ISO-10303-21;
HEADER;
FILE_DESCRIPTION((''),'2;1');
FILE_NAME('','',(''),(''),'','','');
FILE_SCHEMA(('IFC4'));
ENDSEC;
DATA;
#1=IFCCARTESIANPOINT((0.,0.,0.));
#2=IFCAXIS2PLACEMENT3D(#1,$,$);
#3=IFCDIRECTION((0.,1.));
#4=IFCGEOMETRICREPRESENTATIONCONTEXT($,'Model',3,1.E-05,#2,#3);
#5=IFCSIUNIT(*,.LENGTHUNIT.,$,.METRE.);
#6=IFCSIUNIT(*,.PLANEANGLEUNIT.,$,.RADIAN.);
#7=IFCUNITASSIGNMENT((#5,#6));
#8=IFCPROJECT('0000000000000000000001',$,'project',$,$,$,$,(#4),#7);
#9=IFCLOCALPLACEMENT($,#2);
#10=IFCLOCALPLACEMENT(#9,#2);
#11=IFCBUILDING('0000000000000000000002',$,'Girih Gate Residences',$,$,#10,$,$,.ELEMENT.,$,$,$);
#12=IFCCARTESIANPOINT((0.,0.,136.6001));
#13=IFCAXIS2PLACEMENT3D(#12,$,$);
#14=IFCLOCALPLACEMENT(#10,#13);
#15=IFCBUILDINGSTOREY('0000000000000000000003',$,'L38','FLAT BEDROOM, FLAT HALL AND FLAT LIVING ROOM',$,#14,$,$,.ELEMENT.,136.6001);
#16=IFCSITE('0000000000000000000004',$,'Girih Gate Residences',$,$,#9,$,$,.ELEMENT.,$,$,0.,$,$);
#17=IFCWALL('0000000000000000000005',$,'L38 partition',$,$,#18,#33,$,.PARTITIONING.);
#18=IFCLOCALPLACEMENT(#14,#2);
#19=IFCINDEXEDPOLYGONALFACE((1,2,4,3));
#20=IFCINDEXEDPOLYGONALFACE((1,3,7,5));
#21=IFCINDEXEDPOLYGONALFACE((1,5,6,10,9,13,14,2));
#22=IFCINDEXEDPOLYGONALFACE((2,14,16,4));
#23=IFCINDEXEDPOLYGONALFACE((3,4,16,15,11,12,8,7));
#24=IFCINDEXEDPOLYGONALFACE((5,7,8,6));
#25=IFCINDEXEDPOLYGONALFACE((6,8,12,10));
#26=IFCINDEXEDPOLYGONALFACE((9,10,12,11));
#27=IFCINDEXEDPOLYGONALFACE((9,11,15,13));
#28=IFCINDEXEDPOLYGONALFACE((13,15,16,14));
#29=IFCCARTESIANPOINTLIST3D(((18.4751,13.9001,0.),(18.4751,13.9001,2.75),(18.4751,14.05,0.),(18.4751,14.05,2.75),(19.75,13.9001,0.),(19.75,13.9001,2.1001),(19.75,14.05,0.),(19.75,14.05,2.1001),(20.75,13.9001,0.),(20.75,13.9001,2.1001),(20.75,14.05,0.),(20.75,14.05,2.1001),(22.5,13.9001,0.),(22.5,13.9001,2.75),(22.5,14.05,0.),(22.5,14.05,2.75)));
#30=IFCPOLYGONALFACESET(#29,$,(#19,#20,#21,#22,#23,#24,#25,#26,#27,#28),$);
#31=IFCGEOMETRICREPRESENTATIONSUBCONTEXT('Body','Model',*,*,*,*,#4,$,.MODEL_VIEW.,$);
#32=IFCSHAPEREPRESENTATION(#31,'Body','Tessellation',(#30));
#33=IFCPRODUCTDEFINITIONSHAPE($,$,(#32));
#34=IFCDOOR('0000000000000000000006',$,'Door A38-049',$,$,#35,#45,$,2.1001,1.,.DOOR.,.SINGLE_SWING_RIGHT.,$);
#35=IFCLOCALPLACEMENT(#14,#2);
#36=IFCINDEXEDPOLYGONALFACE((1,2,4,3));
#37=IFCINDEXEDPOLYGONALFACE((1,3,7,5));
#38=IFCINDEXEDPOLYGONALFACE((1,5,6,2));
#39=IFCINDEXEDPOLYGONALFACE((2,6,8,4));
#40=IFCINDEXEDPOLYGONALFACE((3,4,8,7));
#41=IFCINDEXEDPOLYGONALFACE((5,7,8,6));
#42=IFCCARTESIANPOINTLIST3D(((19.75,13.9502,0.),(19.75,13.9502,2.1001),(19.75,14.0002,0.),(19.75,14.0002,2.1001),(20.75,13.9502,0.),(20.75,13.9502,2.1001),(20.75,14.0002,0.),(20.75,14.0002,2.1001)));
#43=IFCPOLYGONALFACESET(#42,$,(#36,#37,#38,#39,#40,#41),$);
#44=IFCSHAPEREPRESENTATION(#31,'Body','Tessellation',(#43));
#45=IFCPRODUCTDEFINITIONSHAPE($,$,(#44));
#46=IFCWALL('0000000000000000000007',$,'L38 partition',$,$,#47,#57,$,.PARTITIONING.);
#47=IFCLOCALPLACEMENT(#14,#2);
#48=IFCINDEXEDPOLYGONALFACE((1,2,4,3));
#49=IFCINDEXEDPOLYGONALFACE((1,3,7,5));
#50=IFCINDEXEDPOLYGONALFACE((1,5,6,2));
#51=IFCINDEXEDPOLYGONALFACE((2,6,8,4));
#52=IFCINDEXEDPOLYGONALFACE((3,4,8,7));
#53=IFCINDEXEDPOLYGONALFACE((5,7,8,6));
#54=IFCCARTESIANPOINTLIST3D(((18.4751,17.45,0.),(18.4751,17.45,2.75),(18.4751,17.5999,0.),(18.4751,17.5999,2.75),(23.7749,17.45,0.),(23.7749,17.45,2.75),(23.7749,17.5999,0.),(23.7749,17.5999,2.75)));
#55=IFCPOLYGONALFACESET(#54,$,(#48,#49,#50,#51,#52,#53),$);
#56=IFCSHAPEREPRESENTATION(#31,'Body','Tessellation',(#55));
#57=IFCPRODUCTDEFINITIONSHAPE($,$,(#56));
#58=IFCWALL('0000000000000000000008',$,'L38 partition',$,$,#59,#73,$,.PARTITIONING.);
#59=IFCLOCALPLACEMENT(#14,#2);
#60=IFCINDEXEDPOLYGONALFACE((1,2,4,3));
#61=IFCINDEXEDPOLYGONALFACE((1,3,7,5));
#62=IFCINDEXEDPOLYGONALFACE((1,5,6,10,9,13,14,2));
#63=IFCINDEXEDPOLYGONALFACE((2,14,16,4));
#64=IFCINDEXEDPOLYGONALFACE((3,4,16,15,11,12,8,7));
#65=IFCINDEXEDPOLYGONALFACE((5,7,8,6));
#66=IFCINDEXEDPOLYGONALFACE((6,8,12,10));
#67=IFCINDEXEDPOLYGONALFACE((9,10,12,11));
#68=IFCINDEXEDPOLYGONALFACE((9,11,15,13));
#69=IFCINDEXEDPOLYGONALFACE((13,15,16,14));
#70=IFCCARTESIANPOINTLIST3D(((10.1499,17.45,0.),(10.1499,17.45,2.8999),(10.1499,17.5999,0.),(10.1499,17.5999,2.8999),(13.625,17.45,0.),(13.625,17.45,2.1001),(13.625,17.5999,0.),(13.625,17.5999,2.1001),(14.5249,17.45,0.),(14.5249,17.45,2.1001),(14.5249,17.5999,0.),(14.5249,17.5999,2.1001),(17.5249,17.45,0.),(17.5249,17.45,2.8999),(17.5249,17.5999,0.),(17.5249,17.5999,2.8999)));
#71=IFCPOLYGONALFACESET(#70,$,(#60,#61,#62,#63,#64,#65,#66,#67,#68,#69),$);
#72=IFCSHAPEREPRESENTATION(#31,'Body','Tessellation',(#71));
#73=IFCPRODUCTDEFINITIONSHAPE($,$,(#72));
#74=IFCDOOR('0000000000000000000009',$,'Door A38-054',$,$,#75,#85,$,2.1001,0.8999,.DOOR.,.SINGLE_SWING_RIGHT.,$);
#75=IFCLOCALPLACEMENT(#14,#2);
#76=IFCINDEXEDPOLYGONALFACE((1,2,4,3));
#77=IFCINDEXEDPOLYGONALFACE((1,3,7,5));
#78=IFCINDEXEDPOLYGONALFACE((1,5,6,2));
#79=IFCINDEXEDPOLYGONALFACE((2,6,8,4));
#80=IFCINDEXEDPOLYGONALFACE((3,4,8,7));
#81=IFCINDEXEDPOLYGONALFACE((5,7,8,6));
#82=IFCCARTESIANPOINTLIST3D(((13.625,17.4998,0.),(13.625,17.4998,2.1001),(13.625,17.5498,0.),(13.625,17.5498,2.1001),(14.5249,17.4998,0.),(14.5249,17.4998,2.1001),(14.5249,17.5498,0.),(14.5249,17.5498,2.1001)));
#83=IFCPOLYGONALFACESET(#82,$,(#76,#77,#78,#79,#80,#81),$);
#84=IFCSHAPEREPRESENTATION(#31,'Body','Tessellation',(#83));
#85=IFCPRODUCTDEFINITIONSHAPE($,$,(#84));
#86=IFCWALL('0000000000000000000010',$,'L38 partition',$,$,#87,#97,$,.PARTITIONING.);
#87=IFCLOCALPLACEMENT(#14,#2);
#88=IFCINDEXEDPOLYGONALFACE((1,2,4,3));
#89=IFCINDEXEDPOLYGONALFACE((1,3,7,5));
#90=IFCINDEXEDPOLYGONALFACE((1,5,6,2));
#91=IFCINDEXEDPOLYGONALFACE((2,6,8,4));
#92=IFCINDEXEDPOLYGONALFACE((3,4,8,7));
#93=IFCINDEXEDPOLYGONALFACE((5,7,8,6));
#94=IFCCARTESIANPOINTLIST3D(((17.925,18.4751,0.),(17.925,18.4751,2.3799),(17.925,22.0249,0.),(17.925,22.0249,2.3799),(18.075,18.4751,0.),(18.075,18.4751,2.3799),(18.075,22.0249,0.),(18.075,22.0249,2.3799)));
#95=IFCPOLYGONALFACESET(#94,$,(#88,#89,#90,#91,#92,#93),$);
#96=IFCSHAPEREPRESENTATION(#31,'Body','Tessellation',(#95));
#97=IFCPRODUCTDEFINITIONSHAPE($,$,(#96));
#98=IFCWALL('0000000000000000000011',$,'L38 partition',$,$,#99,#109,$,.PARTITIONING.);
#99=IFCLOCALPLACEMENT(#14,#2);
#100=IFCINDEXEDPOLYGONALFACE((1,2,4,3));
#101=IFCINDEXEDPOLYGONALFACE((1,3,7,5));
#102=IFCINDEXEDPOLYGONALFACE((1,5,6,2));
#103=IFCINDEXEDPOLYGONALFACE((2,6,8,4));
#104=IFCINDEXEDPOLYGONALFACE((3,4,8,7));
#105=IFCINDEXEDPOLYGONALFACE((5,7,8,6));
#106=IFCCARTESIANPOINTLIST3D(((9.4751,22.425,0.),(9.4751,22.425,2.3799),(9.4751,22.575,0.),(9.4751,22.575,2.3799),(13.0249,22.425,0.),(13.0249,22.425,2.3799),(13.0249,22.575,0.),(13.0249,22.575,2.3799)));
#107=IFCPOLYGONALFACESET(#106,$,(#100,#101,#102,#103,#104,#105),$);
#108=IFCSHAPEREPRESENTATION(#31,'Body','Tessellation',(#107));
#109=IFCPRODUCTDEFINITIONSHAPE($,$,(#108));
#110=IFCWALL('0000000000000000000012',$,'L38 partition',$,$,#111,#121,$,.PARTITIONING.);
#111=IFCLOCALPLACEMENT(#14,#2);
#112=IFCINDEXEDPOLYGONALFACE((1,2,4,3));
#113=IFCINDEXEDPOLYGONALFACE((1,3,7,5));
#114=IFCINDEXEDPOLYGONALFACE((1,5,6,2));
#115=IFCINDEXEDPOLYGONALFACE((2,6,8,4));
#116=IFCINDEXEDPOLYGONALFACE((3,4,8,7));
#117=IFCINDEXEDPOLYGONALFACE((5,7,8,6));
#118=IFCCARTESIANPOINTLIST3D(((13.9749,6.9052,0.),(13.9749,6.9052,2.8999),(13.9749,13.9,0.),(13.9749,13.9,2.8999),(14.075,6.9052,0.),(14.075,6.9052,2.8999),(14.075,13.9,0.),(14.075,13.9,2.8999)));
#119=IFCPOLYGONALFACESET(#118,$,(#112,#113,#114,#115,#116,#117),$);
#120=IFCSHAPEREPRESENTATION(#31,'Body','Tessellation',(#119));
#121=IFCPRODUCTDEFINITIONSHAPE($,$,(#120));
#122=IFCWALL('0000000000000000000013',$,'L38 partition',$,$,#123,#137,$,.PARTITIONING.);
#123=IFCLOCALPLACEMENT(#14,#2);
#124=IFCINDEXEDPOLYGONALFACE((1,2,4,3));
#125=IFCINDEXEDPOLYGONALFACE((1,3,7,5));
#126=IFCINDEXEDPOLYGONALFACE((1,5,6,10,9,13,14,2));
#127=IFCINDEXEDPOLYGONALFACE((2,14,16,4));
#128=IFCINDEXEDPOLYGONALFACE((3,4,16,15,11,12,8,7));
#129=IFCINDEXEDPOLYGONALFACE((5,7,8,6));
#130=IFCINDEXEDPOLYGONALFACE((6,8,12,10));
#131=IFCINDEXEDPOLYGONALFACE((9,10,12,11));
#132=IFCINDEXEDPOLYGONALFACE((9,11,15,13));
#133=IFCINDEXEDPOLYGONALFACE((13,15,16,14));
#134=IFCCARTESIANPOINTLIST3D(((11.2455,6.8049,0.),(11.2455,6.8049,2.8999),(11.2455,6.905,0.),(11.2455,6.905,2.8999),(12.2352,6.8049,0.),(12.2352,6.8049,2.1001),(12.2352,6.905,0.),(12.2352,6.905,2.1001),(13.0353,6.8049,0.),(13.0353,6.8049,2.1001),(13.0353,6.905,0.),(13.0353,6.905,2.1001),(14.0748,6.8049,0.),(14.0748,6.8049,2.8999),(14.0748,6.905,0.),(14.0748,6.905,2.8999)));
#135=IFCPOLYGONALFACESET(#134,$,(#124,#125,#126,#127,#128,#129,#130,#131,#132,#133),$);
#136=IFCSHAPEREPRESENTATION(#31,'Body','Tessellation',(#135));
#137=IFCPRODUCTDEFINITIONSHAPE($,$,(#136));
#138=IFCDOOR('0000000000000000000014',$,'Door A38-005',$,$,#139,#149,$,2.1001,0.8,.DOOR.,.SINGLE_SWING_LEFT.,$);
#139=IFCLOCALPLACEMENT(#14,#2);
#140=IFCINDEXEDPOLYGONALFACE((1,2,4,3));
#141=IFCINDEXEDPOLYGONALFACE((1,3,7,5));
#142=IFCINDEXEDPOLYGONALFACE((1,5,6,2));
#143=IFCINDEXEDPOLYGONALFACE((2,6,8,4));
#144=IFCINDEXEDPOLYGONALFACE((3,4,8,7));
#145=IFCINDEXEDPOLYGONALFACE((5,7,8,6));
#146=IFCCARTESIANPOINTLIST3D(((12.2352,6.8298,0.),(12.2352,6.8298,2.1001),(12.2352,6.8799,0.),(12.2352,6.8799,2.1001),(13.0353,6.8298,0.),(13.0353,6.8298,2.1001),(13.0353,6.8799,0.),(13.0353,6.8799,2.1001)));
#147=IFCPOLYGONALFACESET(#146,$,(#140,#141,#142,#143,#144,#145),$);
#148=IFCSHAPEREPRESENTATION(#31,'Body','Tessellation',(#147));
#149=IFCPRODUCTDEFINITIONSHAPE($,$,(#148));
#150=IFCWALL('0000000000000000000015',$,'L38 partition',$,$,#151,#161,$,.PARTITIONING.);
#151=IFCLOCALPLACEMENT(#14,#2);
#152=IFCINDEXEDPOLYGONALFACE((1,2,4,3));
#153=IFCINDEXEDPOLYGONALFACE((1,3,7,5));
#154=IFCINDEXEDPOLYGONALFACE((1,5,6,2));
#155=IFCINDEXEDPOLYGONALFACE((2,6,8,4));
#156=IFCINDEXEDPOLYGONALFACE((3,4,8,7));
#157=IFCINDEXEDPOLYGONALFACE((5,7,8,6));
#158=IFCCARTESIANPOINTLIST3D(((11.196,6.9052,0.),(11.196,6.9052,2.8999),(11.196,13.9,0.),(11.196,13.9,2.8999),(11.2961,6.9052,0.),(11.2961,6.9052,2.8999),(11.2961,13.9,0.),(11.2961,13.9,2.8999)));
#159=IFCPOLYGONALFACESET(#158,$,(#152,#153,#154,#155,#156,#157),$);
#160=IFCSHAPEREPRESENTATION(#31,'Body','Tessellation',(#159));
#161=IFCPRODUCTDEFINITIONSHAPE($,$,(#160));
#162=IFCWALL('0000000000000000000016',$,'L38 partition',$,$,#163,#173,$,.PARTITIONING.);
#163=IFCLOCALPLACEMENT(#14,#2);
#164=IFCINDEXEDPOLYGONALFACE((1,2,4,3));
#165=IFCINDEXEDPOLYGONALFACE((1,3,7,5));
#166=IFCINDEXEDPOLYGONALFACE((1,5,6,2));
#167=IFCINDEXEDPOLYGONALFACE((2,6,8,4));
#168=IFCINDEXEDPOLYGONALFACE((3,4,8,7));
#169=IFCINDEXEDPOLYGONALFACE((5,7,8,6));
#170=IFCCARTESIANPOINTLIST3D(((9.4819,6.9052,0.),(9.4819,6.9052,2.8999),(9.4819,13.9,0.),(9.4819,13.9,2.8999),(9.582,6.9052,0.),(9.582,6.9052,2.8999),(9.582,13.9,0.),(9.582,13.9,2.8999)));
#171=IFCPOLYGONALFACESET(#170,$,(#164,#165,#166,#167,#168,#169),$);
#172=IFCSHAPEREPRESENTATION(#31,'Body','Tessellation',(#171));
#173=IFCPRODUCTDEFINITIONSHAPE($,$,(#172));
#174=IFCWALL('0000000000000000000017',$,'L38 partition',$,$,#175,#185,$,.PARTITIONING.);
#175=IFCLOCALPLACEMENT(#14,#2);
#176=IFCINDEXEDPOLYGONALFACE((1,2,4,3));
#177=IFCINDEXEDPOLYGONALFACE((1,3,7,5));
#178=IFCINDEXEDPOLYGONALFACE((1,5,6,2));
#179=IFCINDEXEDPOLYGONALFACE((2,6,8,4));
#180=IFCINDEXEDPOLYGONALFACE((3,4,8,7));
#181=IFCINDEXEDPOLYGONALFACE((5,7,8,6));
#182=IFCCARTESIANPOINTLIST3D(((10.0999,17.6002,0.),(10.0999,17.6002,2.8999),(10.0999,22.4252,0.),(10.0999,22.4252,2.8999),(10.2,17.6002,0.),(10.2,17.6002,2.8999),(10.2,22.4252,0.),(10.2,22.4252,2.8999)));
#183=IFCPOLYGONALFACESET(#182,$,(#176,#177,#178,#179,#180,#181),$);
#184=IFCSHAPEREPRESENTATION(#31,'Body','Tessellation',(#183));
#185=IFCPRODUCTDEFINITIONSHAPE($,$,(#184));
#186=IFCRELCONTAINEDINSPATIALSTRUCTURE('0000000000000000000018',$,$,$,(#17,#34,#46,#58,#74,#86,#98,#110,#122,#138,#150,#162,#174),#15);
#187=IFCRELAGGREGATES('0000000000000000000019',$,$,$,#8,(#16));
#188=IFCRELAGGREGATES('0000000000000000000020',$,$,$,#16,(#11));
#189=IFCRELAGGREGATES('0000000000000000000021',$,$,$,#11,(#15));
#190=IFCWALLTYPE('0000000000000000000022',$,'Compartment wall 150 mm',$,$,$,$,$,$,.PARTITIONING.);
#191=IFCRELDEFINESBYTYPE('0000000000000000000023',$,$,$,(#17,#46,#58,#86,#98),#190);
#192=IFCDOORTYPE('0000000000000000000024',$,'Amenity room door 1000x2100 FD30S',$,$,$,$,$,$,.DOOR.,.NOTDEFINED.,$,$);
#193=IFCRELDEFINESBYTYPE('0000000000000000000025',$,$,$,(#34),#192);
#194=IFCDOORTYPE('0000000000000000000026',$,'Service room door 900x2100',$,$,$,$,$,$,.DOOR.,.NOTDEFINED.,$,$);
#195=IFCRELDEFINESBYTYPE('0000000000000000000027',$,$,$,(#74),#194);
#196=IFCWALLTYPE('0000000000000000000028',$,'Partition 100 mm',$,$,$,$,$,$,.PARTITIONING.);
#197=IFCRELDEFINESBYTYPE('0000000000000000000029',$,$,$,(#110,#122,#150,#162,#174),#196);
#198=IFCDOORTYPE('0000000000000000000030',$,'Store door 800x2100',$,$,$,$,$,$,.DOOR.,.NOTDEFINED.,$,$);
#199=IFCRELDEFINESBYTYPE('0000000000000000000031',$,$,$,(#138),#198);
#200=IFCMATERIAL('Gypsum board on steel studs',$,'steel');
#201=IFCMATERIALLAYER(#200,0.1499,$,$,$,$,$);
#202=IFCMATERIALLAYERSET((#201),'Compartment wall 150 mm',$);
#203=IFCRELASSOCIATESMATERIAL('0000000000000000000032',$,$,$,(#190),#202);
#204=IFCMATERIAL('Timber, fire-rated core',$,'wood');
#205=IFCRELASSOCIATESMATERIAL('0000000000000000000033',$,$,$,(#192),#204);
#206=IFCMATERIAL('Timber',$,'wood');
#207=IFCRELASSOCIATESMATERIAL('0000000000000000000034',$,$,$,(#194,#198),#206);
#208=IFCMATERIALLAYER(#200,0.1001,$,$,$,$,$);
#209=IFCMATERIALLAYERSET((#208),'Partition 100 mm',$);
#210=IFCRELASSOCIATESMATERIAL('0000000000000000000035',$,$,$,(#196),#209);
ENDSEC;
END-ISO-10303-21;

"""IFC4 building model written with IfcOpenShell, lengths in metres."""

from ifc_helpers import new_model, si_unit, direction, frame, frame_2d, origin, place, context, subcontext, project, spatial, rectangle, extrude, material, layer, layer_set, type_object, element, fill, save


model = new_model("IFC4")

# Units and contexts
model_context = context("Model", 3, precision=1e-05, world=origin(), true_north=direction((0.0, 1.0)))
body_context = subcontext(model_context, "Body", "Model", "MODEL_VIEW")
ifc_project = project(units=[si_unit("LENGTHUNIT", "METRE"), si_unit("PLANEANGLEUNIT", "RADIAN")], contexts=[model_context])

# Site, building, storey
site_placement = place(None, origin())
site = spatial("IfcSite", under=ifc_project, at=site_placement, Name="Girih Gate Residences", CompositionType="ELEMENT", RefElevation=0.0)
building_placement = place(site_placement, origin())
building = spatial("IfcBuilding", under=site, at=building_placement, Name="Girih Gate Residences", CompositionType="ELEMENT")
storey_placement = place(building_placement, frame((0.0, 0.0, 136.6001)))
storey = spatial("IfcBuildingStorey", under=building, at=storey_placement, Name="L38", Description="FLAT BEDROOM, FLAT HALL AND FLAT LIVING ROOM", CompositionType="ELEMENT", Elevation=136.6001)

# Shared definitions
ifc_material_1 = material(Name="Gypsum board on steel studs", Category="steel")
ifc_layer_1 = layer(ifc_material_1, 0.1499)
ifc_layer_set_1 = layer_set([ifc_layer_1], Name="Compartment wall 150 mm")
wall_type_1 = type_object("IfcWallType", Name="Compartment wall 150 mm", PredefinedType="PARTITIONING", material=ifc_layer_set_1)

# Wall, opening, door
ifc_material_2 = material(Name="Timber, fire-rated core", Category="wood")
wall_1_placement = place(storey_placement, frame((22.5, 13.9751, 0.0), z_axis=(0.0, 0.0, 1.0), x_axis=(-1.0, 0.0, 0.0)))
wall_1 = element("IfcWall", 1, at=wall_1_placement, inside=storey, type_object=wall_type_1, Name="L38 partition", PredefinedType="PARTITIONING", context=body_context, shape_type="SweptSolid", body=[
    extrude(rectangle(XDim=4.0249, YDim=0.1499, at=frame_2d((2.0125, 0.0))), origin(), (0.0, 0.0, 1.0), 2.75),
])
opening_1_placement = place(wall_1_placement, frame((1.75, 0.0, 0.0)))
opening_1 = element("IfcOpeningElement", 2, at=opening_1_placement, cuts=wall_1, PredefinedType="OPENING", context=body_context, shape_type="SweptSolid", body=[
    extrude(rectangle(XDim=1.0, YDim=2.1001, at=frame_2d((0.5, 1.05))), frame((0.0, 0.085, 0.0), z_axis=(0.0, -1.0, 0.0), x_axis=(1.0, 0.0, 0.0)), (0.0, 0.0, 1.0), 0.1699),
])
door_type_1 = type_object("IfcDoorType", Name="Amenity room door 1000x2100 FD30S", OperationType="NOTDEFINED", PredefinedType="DOOR", material=ifc_material_2)
door_1_placement = place(opening_1_placement, origin())
door_1 = element("IfcDoor", 3, at=door_1_placement, inside=storey, type_object=door_type_1, Name="Door A38-049", OperationType="SINGLE_SWING_RIGHT", OverallHeight=2.1001, OverallWidth=1.0, PredefinedType="DOOR", context=body_context, shape_type="SweptSolid", body=[
    extrude(rectangle(XDim=1.0, YDim=2.1001, at=frame_2d((0.5, 1.05))), frame((0.0, 0.0249, 0.0), z_axis=(0.0, -1.0, 0.0), x_axis=(1.0, 0.0, 0.0)), (0.0, 0.0, 1.0), 0.05),
])
fill(opening_1, door_1)

# Wall
wall_2_placement = place(storey_placement, frame((18.4751, 17.5249, 0.0), z_axis=(0.0, 0.0, 1.0), x_axis=(1.0, 0.0, 0.0)))
element("IfcWall", 4, at=wall_2_placement, inside=storey, type_object=wall_type_1, Name="L38 partition", PredefinedType="PARTITIONING", context=body_context, shape_type="SweptSolid", body=[
    extrude(rectangle(XDim=5.2998, YDim=0.1499, at=frame_2d((2.6499, 0.0))), origin(), (0.0, 0.0, 1.0), 2.75),
])

# Wall, opening, door
wall_3_placement = place(storey_placement, frame((10.1499, 17.5249, 0.0), z_axis=(0.0, 0.0, 1.0), x_axis=(1.0, 0.0, 0.0)))
wall_3 = element("IfcWall", 5, at=wall_3_placement, inside=storey, type_object=wall_type_1, Name="L38 partition", PredefinedType="PARTITIONING", context=body_context, shape_type="SweptSolid", body=[
    extrude(rectangle(XDim=7.375, YDim=0.1499, at=frame_2d((3.6875, 0.0))), origin(), (0.0, 0.0, 1.0), 2.8999),
])
opening_2_placement = place(wall_3_placement, frame((3.4751, 0.0, 0.0)))
opening_2 = element("IfcOpeningElement", 6, at=opening_2_placement, cuts=wall_3, PredefinedType="OPENING", context=body_context, shape_type="SweptSolid", body=[
    extrude(rectangle(XDim=0.8999, YDim=2.1001, at=frame_2d((0.45, 1.05))), frame((0.0, 0.085, 0.0), z_axis=(0.0, -1.0, 0.0), x_axis=(1.0, 0.0, 0.0)), (0.0, 0.0, 1.0), 0.1699),
])
ifc_material_3 = material(Name="Timber", Category="wood")
door_type_2 = type_object("IfcDoorType", Name="Service room door 900x2100", OperationType="NOTDEFINED", PredefinedType="DOOR", material=ifc_material_3)
door_2_placement = place(opening_2_placement, origin())
door_2 = element("IfcDoor", 7, at=door_2_placement, inside=storey, type_object=door_type_2, Name="Door A38-054", OperationType="SINGLE_SWING_RIGHT", OverallHeight=2.1001, OverallWidth=0.8999, PredefinedType="DOOR", context=body_context, shape_type="SweptSolid", body=[
    extrude(rectangle(XDim=0.8999, YDim=2.1001, at=frame_2d((0.45, 1.05))), frame((0.0, 0.0249, 0.0), z_axis=(0.0, -1.0, 0.0), x_axis=(1.0, 0.0, 0.0)), (0.0, 0.0, 1.0), 0.05),
])
fill(opening_2, door_2)

# Walls
for number, where, z_axis, x_axis, name in (
    (8, (18.0, 18.4751, 0.0), (0.0, 0.0, 1.0), (0.0, 1.0, 0.0), "L38 partition"),
    (9, (9.4751, 22.5, 0.0), (0.0, 0.0, 1.0), (1.0, 0.0, 0.0), "L38 partition"),
):
    element("IfcWall", number, at=place(storey_placement, frame(where, z_axis=z_axis, x_axis=x_axis)), inside=storey, type_object=wall_type_1, Name=name, PredefinedType="PARTITIONING", context=body_context, shape_type="SweptSolid", body=[
        extrude(rectangle(XDim=3.5498, YDim=0.1499, at=frame_2d((1.7749, 0.0))), origin(), (0.0, 0.0, 1.0), 2.3799),
    ])
ifc_layer_2 = layer(ifc_material_1, 0.1001)
ifc_layer_set_2 = layer_set([ifc_layer_2], Name="Partition 100 mm")
wall_type_2 = type_object("IfcWallType", Name="Partition 100 mm", PredefinedType="PARTITIONING", material=ifc_layer_set_2)
wall_4_placement = place(storey_placement, frame((14.0249, 6.905, 0.0), z_axis=(0.0, 0.0, 1.0), x_axis=(0.0, 1.0, 0.0)))
element("IfcWall", 10, at=wall_4_placement, inside=storey, type_object=wall_type_2, Name="L38 partition", PredefinedType="PARTITIONING", context=body_context, shape_type="SweptSolid", body=[
    extrude(rectangle(XDim=6.9949, YDim=0.1001, at=frame_2d((3.4976, 0.0))), origin(), (0.0, 0.0, 1.0), 2.8999),
])

# Wall, opening, door
wall_5_placement = place(storey_placement, frame((11.2456, 6.855, 0.0), z_axis=(0.0, 0.0, 1.0), x_axis=(1.0, 0.0, 0.0)))
wall_5 = element("IfcWall", 11, at=wall_5_placement, inside=storey, type_object=wall_type_2, Name="L38 partition", PredefinedType="PARTITIONING", context=body_context, shape_type="SweptSolid", body=[
    extrude(rectangle(XDim=2.8293, YDim=0.1001, at=frame_2d((1.4146, 0.0))), origin(), (0.0, 0.0, 1.0), 2.8999),
])
opening_3_placement = place(wall_5_placement, frame((0.9897, 0.0, 0.0)))
opening_3 = element("IfcOpeningElement", 12, at=opening_3_placement, cuts=wall_5, PredefinedType="OPENING", context=body_context, shape_type="SweptSolid", body=[
    extrude(rectangle(XDim=0.8, YDim=2.1001, at=frame_2d((0.3999, 1.05))), frame((0.0, 0.0601, 0.0), z_axis=(0.0, -1.0, 0.0), x_axis=(1.0, 0.0, 0.0)), (0.0, 0.0, 1.0), 0.1201),
])
door_type_3 = type_object("IfcDoorType", Name="Store door 800x2100", OperationType="NOTDEFINED", PredefinedType="DOOR", material=ifc_material_3)
door_3_placement = place(opening_3_placement, origin())
door_3 = element("IfcDoor", 13, at=door_3_placement, inside=storey, type_object=door_type_3, Name="Door A38-005", OperationType="SINGLE_SWING_LEFT", OverallHeight=2.1001, OverallWidth=0.8, PredefinedType="DOOR", context=body_context, shape_type="SweptSolid", body=[
    extrude(rectangle(XDim=0.8, YDim=2.1001, at=frame_2d((0.3999, 1.05))), frame((0.0, 0.0249, 0.0), z_axis=(0.0, -1.0, 0.0), x_axis=(1.0, 0.0, 0.0)), (0.0, 0.0, 1.0), 0.05),
])
fill(opening_3, door_3)

# Walls
for number, where, z_axis, x_axis, name in (
    (14, (11.2461, 6.905, 0.0), (0.0, 0.0, 1.0), (0.0, 1.0, 0.0), "L38 partition"),
    (15, (9.532, 6.905, 0.0), (0.0, 0.0, 1.0), (0.0, 1.0, 0.0), "L38 partition"),
):
    element("IfcWall", number, at=place(storey_placement, frame(where, z_axis=z_axis, x_axis=x_axis)), inside=storey, type_object=wall_type_2, Name=name, PredefinedType="PARTITIONING", context=body_context, shape_type="SweptSolid", body=[
        extrude(rectangle(XDim=6.9949, YDim=0.1001, at=frame_2d((3.4976, 0.0))), origin(), (0.0, 0.0, 1.0), 2.8999),
    ])
wall_6_placement = place(storey_placement, frame((10.1499, 17.6001, 0.0), z_axis=(0.0, 0.0, 1.0), x_axis=(0.0, 1.0, 0.0)))
element("IfcWall", 16, at=wall_6_placement, inside=storey, type_object=wall_type_2, Name="L38 partition", PredefinedType="PARTITIONING", context=body_context, shape_type="SweptSolid", body=[
    extrude(rectangle(XDim=4.825, YDim=0.1001, at=frame_2d((2.4126, 0.0))), origin(), (0.0, 0.0, 1.0), 2.8999),
])

save(model, "model.ifc")
